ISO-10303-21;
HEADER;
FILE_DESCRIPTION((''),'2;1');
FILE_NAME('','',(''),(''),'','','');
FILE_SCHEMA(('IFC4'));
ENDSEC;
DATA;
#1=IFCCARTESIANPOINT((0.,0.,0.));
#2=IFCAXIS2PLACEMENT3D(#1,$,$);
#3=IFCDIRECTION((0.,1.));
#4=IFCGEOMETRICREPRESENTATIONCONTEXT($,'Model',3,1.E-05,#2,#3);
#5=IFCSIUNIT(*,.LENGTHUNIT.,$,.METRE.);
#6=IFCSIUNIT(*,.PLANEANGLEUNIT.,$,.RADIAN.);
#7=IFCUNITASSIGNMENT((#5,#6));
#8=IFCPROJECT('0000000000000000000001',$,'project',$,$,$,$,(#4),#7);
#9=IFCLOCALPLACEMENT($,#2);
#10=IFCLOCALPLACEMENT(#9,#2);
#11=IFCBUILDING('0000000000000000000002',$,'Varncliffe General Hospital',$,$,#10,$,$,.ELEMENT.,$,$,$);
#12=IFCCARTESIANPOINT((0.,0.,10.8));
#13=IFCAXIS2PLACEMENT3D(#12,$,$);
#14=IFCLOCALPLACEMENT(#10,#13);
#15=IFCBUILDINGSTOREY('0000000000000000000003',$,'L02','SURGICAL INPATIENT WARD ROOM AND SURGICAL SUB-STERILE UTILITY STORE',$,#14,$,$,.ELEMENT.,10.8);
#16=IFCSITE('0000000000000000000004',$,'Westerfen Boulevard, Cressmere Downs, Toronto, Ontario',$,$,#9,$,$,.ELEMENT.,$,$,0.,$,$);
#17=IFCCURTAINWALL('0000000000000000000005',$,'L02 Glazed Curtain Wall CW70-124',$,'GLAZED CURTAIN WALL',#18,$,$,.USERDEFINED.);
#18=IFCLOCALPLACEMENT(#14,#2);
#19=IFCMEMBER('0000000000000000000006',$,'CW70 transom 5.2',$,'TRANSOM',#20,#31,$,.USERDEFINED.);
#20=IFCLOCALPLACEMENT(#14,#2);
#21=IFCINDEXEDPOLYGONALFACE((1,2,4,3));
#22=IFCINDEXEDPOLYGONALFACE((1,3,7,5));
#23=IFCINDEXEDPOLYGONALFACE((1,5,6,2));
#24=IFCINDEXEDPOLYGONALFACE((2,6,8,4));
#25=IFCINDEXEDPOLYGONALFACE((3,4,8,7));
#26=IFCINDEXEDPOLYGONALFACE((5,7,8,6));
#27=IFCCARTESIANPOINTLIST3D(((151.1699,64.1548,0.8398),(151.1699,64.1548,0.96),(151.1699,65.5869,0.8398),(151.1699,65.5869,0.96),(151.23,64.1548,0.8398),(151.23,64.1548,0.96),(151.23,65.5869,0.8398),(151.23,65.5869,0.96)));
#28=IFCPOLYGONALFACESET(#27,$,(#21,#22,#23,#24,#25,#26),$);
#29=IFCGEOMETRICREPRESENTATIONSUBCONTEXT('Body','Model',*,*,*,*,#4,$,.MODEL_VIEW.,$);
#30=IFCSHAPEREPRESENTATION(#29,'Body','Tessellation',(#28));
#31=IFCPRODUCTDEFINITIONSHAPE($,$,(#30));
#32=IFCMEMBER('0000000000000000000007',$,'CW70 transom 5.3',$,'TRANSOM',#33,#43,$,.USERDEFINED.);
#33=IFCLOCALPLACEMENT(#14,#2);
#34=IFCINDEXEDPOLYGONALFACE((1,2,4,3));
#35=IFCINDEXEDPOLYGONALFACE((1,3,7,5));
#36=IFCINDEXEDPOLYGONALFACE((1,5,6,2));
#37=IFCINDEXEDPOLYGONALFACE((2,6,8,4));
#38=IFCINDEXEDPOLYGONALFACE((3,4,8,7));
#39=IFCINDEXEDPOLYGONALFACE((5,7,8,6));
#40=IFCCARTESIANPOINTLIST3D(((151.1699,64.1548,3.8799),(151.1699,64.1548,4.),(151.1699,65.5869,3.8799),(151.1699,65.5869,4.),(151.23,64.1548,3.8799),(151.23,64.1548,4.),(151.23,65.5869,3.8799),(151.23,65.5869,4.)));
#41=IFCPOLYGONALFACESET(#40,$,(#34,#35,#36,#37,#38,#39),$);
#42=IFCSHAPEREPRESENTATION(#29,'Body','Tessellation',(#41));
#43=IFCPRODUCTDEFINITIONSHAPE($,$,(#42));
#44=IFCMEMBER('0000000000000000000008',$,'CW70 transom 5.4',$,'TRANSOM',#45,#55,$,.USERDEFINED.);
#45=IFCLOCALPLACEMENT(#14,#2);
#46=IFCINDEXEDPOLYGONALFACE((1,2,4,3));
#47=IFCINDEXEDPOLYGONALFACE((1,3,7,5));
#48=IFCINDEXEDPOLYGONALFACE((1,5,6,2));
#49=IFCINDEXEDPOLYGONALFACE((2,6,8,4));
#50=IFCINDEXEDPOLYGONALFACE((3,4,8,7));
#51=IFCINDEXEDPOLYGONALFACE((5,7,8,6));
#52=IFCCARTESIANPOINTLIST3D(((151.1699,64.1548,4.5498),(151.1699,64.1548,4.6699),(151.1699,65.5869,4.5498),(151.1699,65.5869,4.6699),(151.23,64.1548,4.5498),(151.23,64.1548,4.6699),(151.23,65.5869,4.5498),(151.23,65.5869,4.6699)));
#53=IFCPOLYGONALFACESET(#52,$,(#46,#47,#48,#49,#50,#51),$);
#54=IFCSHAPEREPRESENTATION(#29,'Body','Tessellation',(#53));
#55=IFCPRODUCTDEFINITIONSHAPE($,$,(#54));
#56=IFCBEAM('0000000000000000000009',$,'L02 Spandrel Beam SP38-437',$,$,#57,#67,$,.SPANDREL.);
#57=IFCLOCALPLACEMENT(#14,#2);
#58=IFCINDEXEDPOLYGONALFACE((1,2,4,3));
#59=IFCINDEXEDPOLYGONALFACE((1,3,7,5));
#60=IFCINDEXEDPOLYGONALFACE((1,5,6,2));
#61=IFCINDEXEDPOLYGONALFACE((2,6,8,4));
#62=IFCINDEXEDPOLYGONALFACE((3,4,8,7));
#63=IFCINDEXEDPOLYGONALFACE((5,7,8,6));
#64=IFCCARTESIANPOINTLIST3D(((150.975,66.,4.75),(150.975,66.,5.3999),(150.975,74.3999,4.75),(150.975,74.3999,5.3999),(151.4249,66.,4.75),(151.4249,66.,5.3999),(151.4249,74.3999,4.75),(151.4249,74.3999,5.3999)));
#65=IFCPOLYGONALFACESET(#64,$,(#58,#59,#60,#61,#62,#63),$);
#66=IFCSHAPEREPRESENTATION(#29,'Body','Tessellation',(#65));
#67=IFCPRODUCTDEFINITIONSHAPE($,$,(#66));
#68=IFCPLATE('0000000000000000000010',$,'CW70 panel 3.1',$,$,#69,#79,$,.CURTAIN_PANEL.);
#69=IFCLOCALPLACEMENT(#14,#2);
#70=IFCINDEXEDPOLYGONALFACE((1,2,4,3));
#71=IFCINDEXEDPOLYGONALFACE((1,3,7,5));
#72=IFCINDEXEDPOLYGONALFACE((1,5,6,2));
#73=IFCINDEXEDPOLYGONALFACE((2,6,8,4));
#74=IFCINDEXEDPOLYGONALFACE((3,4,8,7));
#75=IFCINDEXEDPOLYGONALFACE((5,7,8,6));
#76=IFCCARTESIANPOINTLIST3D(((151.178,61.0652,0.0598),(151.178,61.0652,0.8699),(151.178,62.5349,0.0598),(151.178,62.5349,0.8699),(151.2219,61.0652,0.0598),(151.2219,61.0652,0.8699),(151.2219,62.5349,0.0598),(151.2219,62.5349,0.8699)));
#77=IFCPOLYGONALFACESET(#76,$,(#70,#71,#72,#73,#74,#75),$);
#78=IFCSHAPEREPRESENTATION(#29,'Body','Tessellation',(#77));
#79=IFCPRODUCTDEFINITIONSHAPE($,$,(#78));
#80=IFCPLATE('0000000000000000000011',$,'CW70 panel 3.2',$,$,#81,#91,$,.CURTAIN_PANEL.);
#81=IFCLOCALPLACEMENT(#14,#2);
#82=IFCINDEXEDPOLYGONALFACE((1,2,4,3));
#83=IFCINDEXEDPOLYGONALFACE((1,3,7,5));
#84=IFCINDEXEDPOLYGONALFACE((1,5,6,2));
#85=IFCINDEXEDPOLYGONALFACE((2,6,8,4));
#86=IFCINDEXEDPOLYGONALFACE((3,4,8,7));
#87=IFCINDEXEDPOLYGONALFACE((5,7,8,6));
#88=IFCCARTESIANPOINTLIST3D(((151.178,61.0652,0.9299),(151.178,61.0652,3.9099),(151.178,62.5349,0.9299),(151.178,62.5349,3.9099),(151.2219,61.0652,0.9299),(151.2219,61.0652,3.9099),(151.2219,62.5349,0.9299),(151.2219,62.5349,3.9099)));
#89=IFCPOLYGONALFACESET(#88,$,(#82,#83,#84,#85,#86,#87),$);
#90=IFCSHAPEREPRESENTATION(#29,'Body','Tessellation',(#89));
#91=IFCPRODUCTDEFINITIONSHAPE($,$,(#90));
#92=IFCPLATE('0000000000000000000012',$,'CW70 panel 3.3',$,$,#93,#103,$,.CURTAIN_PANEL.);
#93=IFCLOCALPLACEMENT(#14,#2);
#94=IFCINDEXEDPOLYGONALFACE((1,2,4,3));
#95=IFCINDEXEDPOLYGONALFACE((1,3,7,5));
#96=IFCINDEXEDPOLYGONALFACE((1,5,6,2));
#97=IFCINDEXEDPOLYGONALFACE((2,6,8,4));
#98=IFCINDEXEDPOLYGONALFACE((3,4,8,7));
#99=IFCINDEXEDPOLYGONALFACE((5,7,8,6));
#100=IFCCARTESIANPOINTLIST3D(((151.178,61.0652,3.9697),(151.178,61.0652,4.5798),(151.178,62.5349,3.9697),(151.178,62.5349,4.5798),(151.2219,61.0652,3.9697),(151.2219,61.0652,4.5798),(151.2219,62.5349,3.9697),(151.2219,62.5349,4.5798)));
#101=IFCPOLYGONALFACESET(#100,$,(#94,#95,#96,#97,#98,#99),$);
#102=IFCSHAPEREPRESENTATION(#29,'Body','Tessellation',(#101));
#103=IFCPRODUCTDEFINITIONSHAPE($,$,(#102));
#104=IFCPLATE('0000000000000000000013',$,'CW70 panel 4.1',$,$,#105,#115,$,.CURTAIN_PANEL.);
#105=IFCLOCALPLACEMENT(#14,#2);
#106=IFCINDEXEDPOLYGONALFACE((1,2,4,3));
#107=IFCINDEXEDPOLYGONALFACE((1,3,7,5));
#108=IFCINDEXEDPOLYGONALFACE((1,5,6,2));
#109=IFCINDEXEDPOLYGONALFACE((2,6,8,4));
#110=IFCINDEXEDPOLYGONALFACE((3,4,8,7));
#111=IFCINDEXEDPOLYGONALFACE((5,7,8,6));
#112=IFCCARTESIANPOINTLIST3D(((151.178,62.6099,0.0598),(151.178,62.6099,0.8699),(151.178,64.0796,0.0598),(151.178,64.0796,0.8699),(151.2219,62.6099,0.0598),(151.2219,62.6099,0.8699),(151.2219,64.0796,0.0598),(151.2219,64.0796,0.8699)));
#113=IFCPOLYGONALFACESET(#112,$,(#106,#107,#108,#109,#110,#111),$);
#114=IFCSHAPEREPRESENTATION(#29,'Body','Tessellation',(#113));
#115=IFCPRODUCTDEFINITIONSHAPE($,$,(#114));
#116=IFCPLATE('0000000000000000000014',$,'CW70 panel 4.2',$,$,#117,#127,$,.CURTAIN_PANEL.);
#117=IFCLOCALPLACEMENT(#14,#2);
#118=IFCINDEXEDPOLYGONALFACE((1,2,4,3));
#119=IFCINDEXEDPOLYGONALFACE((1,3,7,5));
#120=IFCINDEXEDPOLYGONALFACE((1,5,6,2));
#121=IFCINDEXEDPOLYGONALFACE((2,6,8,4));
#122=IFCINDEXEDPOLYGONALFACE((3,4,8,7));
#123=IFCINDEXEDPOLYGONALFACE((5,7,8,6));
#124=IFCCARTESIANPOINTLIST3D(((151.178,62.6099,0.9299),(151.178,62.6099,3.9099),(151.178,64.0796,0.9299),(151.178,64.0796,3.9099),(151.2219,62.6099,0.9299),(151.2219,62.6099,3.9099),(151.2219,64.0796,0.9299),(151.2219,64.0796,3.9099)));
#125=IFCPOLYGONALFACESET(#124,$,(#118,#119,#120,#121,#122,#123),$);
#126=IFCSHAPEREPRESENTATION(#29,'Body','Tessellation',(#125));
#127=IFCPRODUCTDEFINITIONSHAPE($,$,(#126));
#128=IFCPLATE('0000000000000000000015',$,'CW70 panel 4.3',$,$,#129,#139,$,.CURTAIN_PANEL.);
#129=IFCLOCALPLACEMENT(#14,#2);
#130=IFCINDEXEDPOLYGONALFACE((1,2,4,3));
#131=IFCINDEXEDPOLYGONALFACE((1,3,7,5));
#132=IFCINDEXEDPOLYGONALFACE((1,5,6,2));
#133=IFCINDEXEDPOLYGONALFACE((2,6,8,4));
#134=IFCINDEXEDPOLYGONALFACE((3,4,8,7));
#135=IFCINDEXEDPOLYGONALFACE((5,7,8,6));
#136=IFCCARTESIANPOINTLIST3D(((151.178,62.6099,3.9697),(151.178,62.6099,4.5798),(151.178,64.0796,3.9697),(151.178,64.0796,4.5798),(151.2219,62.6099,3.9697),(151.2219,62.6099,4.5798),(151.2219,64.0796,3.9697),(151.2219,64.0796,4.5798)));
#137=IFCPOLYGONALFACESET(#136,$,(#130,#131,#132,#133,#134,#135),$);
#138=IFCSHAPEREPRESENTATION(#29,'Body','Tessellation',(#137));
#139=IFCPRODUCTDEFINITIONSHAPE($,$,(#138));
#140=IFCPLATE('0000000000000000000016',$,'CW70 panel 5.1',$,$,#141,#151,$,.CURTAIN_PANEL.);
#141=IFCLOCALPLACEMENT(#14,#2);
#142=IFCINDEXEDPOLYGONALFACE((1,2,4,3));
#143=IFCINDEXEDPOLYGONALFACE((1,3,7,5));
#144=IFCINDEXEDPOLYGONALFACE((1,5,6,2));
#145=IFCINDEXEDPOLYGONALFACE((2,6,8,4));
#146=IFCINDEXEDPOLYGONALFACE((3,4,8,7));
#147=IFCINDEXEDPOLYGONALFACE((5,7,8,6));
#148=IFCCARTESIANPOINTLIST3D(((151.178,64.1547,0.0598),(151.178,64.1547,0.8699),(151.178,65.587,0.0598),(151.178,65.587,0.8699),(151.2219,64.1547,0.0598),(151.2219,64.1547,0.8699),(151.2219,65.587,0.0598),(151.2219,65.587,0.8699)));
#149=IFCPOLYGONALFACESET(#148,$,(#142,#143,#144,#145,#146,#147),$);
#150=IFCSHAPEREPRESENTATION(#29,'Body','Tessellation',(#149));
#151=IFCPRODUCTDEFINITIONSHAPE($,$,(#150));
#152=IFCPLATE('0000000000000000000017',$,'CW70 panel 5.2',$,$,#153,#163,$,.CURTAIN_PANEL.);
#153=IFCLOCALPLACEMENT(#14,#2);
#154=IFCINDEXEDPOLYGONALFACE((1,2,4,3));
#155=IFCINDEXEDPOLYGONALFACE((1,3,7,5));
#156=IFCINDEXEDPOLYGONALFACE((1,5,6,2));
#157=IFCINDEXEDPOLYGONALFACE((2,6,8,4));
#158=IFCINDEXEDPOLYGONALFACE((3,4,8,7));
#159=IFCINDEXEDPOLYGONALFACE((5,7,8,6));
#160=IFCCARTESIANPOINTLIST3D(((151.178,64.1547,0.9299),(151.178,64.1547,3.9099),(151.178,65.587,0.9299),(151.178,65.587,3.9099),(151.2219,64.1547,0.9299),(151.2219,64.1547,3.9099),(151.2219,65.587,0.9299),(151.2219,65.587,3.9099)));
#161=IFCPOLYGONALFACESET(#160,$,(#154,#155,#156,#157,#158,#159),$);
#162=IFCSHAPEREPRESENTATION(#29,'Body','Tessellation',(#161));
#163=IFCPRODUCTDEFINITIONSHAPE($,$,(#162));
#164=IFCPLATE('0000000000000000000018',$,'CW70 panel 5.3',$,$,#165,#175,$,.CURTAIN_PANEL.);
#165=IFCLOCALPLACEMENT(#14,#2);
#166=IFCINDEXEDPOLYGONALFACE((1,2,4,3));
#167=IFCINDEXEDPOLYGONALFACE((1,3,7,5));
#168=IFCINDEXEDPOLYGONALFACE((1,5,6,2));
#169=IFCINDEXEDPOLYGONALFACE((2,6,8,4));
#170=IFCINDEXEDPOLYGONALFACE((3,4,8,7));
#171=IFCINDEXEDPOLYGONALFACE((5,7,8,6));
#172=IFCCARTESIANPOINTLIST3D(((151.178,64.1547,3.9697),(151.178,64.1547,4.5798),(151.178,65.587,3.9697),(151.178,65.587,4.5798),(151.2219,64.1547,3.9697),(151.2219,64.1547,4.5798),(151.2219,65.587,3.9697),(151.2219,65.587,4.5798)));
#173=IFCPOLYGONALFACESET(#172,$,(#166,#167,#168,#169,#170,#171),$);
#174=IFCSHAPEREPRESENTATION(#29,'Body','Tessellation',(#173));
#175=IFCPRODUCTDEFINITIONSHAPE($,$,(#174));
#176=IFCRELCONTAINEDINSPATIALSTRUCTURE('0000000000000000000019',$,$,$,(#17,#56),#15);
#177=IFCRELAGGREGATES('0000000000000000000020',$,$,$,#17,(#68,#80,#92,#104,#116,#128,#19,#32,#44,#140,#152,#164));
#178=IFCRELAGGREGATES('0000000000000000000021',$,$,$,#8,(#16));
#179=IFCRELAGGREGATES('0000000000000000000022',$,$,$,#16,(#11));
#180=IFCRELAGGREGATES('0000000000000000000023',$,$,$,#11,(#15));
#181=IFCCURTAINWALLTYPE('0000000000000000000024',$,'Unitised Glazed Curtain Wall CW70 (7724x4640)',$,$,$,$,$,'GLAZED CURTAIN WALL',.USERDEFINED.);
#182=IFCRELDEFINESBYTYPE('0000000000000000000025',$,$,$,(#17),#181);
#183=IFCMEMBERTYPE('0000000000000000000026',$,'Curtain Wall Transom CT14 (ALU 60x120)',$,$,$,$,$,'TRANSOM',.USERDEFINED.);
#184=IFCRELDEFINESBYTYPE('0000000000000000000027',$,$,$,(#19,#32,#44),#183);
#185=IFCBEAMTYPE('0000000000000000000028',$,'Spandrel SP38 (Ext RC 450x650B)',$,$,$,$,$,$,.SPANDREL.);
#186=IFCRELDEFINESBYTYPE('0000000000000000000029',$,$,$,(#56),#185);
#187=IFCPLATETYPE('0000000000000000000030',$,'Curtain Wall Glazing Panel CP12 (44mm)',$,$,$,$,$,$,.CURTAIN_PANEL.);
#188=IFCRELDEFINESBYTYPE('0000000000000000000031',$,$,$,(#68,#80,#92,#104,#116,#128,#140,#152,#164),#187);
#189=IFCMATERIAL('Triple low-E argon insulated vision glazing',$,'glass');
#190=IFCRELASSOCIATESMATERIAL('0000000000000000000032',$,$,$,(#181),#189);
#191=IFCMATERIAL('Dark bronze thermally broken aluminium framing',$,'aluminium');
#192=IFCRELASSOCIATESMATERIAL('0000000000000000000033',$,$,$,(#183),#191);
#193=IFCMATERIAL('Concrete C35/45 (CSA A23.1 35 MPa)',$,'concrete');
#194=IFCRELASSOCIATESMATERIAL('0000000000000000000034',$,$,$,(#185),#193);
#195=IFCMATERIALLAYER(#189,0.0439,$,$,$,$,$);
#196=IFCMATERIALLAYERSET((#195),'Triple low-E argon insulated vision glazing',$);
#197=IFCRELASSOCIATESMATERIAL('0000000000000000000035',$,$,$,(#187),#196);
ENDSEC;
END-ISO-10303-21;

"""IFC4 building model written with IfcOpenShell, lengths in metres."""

from ifc_helpers import new_model, si_unit, direction, frame, origin, origin_2d, place, context, subcontext, project, spatial, rectangle, extrude, material, layer, layer_set, material_profile, profile_set, type_object, element, aggregate, save


model = new_model("IFC4")

# Units and contexts
model_context = context("Model", 3, precision=1e-05, world=origin(), true_north=direction((0.0, 1.0)))
body_context = subcontext(model_context, "Body", "Model", "MODEL_VIEW")
ifc_project = project(units=[si_unit("LENGTHUNIT", "METRE"), si_unit("PLANEANGLEUNIT", "RADIAN")], contexts=[model_context])

# Site, building, storey
site_placement = place(None, origin())
site = spatial("IfcSite", under=ifc_project, at=site_placement, Name="Westerfen Boulevard, Cressmere Downs, Toronto, Ontario", CompositionType="ELEMENT", RefElevation=0.0)
building_placement = place(site_placement, origin())
building = spatial("IfcBuilding", under=site, at=building_placement, Name="Varncliffe General Hospital", CompositionType="ELEMENT")
storey_placement = place(building_placement, frame((0.0, 0.0, 10.8)))
storey = spatial("IfcBuildingStorey", under=building, at=storey_placement, Name="L02", Description="SURGICAL INPATIENT WARD ROOM AND SURGICAL SUB-STERILE UTILITY STORE", CompositionType="ELEMENT", Elevation=10.8)

# Shared definitions
ifc_material_1 = material(Name="Concrete C35/45 (CSA A23.1 35 MPa)", Category="concrete")

# Curtain wall, members
ifc_material_2 = material(Name="Triple low-E argon insulated vision glazing", Category="glass")
curtain_wall_type = type_object("IfcCurtainWallType", Name="Unitised Glazed Curtain Wall CW70 (7724x4640)", ElementType="GLAZED CURTAIN WALL", PredefinedType="USERDEFINED", material=ifc_material_2)
curtain_wall_placement = place(storey_placement, origin())
curtain_wall = element("IfcCurtainWall", 1, at=curtain_wall_placement, inside=storey, type_object=curtain_wall_type, Name="L02 Glazed Curtain Wall CW70-124", ObjectType="GLAZED CURTAIN WALL", PredefinedType="USERDEFINED")
ifc_material_3 = material(Name="Dark bronze thermally broken aluminium framing", Category="aluminium")
ifc_material_profile_1 = material_profile(ifc_material_3, rectangle(XDim=0.0601, YDim=0.1201, at=origin_2d()), Name="ALU 60x120")
ifc_profile_set_1 = profile_set([ifc_material_profile_1], Name="Dark bronze thermally broken aluminium framing")
member_type_1 = type_object("IfcMemberType", Name="Curtain Wall Transom CT14 (ALU 60x120)", ElementType="TRANSOM", PredefinedType="USERDEFINED", material=ifc_profile_set_1)
member_1_placement = place(storey_placement, frame((151.2, 64.1548, 0.8999), z_axis=(0.0, 1.0, 0.0), x_axis=(-1.0, 0.0, 0.0)))
member_1 = element("IfcMember", 2, at=member_1_placement, type_object=member_type_1, Name="CW70 transom 5.2", ObjectType="TRANSOM", PredefinedType="USERDEFINED", context=body_context, shape_type="SweptSolid", body=[
    extrude(rectangle(XDim=0.0601, YDim=0.1201, at=origin_2d()), origin(), (0.0, 0.0, 1.0), 1.4321),
])
member_2_placement = place(storey_placement, frame((151.2, 64.1548, 3.9399), z_axis=(0.0, 1.0, 0.0), x_axis=(-1.0, 0.0, 0.0)))
member_2 = element("IfcMember", 3, at=member_2_placement, type_object=member_type_1, Name="CW70 transom 5.3", ObjectType="TRANSOM", PredefinedType="USERDEFINED", context=body_context, shape_type="SweptSolid", body=[
    extrude(rectangle(XDim=0.0601, YDim=0.1201, at=origin_2d()), origin(), (0.0, 0.0, 1.0), 1.4321),
])
member_3_placement = place(storey_placement, frame((151.2, 64.1548, 4.6099), z_axis=(0.0, 1.0, 0.0), x_axis=(-1.0, 0.0, 0.0)))
member_3 = element("IfcMember", 4, at=member_3_placement, type_object=member_type_1, Name="CW70 transom 5.4", ObjectType="TRANSOM", PredefinedType="USERDEFINED", context=body_context, shape_type="SweptSolid", body=[
    extrude(rectangle(XDim=0.0601, YDim=0.1201, at=origin_2d()), origin(), (0.0, 0.0, 1.0), 1.4321),
])

# Beam
ifc_material_profile_2 = material_profile(ifc_material_1, rectangle(XDim=0.45, YDim=0.6499, at=origin_2d()), Name="RC 450x650")
ifc_profile_set_2 = profile_set([ifc_material_profile_2], Name="Concrete C35/45 (CSA A23.1 35 MPa)")
beam_type_1 = type_object("IfcBeamType", Name="Spandrel SP38 (Ext RC 450x650B)", PredefinedType="SPANDREL", material=ifc_profile_set_2)
beam_1_placement = place(storey_placement, frame((151.2, 66.0, 5.075), z_axis=(0.0, 1.0, 0.0), x_axis=(-1.0, 0.0, 0.0)))
element("IfcBeam", 5, at=beam_1_placement, inside=storey, type_object=beam_type_1, Name="L02 Spandrel Beam SP38-437", PredefinedType="SPANDREL", context=body_context, shape_type="SweptSolid", body=[
    extrude(rectangle(XDim=0.45, YDim=0.6499, at=origin_2d()), origin(), (0.0, 0.0, 1.0), 8.3999),
])

# Plates
ifc_layer = layer(ifc_material_2, 0.0439)
ifc_layer_set = layer_set([ifc_layer], Name="Triple low-E argon insulated vision glazing")
plate_type = type_object("IfcPlateType", Name="Curtain Wall Glazing Panel CP12 (44mm)", PredefinedType="CURTAIN_PANEL", material=ifc_layer_set)
plate_1_placement = place(storey_placement, frame((151.2, 61.8, 0.0598), z_axis=(0.0, 0.0, 1.0), x_axis=(0.0, 1.0, 0.0)))
plate_1 = element("IfcPlate", 6, at=plate_1_placement, type_object=plate_type, Name="CW70 panel 3.1", PredefinedType="CURTAIN_PANEL", context=body_context, shape_type="SweptSolid", body=[
    extrude(rectangle(XDim=1.4697, YDim=0.0439, at=origin_2d()), origin(), (0.0, 0.0, 1.0), 0.8101),
])
plate_2_placement = place(storey_placement, frame((151.2, 61.8, 0.9299), z_axis=(0.0, 0.0, 1.0), x_axis=(0.0, 1.0, 0.0)))
plate_2 = element("IfcPlate", 7, at=plate_2_placement, type_object=plate_type, Name="CW70 panel 3.2", PredefinedType="CURTAIN_PANEL", context=body_context, shape_type="SweptSolid", body=[
    extrude(rectangle(XDim=1.4697, YDim=0.0439, at=origin_2d()), origin(), (0.0, 0.0, 1.0), 2.98),
])
plate_3_placement = place(storey_placement, frame((151.2, 61.8, 3.9697), z_axis=(0.0, 0.0, 1.0), x_axis=(0.0, 1.0, 0.0)))
plate_3 = element("IfcPlate", 8, at=plate_3_placement, type_object=plate_type, Name="CW70 panel 3.3", PredefinedType="CURTAIN_PANEL", context=body_context, shape_type="SweptSolid", body=[
    extrude(rectangle(XDim=1.4697, YDim=0.0439, at=origin_2d()), origin(), (0.0, 0.0, 1.0), 0.6101),
])
plate_4_placement = place(storey_placement, frame((151.2, 63.3447, 0.0598), z_axis=(0.0, 0.0, 1.0), x_axis=(0.0, 1.0, 0.0)))
plate_4 = element("IfcPlate", 9, at=plate_4_placement, type_object=plate_type, Name="CW70 panel 4.1", PredefinedType="CURTAIN_PANEL", context=body_context, shape_type="SweptSolid", body=[
    extrude(rectangle(XDim=1.4697, YDim=0.0439, at=origin_2d()), origin(), (0.0, 0.0, 1.0), 0.8101),
])
plate_5_placement = place(storey_placement, frame((151.2, 63.3447, 0.9299), z_axis=(0.0, 0.0, 1.0), x_axis=(0.0, 1.0, 0.0)))
plate_5 = element("IfcPlate", 10, at=plate_5_placement, type_object=plate_type, Name="CW70 panel 4.2", PredefinedType="CURTAIN_PANEL", context=body_context, shape_type="SweptSolid", body=[
    extrude(rectangle(XDim=1.4697, YDim=0.0439, at=origin_2d()), origin(), (0.0, 0.0, 1.0), 2.98),
])
plate_6_placement = place(storey_placement, frame((151.2, 63.3447, 3.9697), z_axis=(0.0, 0.0, 1.0), x_axis=(0.0, 1.0, 0.0)))
plate_6 = element("IfcPlate", 11, at=plate_6_placement, type_object=plate_type, Name="CW70 panel 4.3", PredefinedType="CURTAIN_PANEL", context=body_context, shape_type="SweptSolid", body=[
    extrude(rectangle(XDim=1.4697, YDim=0.0439, at=origin_2d()), origin(), (0.0, 0.0, 1.0), 0.6101),
])
plate_7_placement = place(storey_placement, frame((151.2, 64.8708, 0.0598), z_axis=(0.0, 0.0, 1.0), x_axis=(0.0, 1.0, 0.0)))
plate_7 = element("IfcPlate", 12, at=plate_7_placement, type_object=plate_type, Name="CW70 panel 5.1", PredefinedType="CURTAIN_PANEL", context=body_context, shape_type="SweptSolid", body=[
    extrude(rectangle(XDim=1.4324, YDim=0.0439, at=origin_2d()), origin(), (0.0, 0.0, 1.0), 0.8101),
])
plate_8_placement = place(storey_placement, frame((151.2, 64.8708, 0.9299), z_axis=(0.0, 0.0, 1.0), x_axis=(0.0, 1.0, 0.0)))
plate_8 = element("IfcPlate", 13, at=plate_8_placement, type_object=plate_type, Name="CW70 panel 5.2", PredefinedType="CURTAIN_PANEL", context=body_context, shape_type="SweptSolid", body=[
    extrude(rectangle(XDim=1.4324, YDim=0.0439, at=origin_2d()), origin(), (0.0, 0.0, 1.0), 2.98),
])
plate_9_placement = place(storey_placement, frame((151.2, 64.8708, 3.9697), z_axis=(0.0, 0.0, 1.0), x_axis=(0.0, 1.0, 0.0)))
plate_9 = element("IfcPlate", 14, at=plate_9_placement, type_object=plate_type, Name="CW70 panel 5.3", PredefinedType="CURTAIN_PANEL", context=body_context, shape_type="SweptSolid", body=[
    extrude(rectangle(XDim=1.4324, YDim=0.0439, at=origin_2d()), origin(), (0.0, 0.0, 1.0), 0.6101),
])
aggregate(curtain_wall, [plate_1, plate_2, plate_3, plate_4, plate_5, plate_6, member_1, member_2, member_3, plate_7, plate_8, plate_9])

save(model, "model.ifc")
